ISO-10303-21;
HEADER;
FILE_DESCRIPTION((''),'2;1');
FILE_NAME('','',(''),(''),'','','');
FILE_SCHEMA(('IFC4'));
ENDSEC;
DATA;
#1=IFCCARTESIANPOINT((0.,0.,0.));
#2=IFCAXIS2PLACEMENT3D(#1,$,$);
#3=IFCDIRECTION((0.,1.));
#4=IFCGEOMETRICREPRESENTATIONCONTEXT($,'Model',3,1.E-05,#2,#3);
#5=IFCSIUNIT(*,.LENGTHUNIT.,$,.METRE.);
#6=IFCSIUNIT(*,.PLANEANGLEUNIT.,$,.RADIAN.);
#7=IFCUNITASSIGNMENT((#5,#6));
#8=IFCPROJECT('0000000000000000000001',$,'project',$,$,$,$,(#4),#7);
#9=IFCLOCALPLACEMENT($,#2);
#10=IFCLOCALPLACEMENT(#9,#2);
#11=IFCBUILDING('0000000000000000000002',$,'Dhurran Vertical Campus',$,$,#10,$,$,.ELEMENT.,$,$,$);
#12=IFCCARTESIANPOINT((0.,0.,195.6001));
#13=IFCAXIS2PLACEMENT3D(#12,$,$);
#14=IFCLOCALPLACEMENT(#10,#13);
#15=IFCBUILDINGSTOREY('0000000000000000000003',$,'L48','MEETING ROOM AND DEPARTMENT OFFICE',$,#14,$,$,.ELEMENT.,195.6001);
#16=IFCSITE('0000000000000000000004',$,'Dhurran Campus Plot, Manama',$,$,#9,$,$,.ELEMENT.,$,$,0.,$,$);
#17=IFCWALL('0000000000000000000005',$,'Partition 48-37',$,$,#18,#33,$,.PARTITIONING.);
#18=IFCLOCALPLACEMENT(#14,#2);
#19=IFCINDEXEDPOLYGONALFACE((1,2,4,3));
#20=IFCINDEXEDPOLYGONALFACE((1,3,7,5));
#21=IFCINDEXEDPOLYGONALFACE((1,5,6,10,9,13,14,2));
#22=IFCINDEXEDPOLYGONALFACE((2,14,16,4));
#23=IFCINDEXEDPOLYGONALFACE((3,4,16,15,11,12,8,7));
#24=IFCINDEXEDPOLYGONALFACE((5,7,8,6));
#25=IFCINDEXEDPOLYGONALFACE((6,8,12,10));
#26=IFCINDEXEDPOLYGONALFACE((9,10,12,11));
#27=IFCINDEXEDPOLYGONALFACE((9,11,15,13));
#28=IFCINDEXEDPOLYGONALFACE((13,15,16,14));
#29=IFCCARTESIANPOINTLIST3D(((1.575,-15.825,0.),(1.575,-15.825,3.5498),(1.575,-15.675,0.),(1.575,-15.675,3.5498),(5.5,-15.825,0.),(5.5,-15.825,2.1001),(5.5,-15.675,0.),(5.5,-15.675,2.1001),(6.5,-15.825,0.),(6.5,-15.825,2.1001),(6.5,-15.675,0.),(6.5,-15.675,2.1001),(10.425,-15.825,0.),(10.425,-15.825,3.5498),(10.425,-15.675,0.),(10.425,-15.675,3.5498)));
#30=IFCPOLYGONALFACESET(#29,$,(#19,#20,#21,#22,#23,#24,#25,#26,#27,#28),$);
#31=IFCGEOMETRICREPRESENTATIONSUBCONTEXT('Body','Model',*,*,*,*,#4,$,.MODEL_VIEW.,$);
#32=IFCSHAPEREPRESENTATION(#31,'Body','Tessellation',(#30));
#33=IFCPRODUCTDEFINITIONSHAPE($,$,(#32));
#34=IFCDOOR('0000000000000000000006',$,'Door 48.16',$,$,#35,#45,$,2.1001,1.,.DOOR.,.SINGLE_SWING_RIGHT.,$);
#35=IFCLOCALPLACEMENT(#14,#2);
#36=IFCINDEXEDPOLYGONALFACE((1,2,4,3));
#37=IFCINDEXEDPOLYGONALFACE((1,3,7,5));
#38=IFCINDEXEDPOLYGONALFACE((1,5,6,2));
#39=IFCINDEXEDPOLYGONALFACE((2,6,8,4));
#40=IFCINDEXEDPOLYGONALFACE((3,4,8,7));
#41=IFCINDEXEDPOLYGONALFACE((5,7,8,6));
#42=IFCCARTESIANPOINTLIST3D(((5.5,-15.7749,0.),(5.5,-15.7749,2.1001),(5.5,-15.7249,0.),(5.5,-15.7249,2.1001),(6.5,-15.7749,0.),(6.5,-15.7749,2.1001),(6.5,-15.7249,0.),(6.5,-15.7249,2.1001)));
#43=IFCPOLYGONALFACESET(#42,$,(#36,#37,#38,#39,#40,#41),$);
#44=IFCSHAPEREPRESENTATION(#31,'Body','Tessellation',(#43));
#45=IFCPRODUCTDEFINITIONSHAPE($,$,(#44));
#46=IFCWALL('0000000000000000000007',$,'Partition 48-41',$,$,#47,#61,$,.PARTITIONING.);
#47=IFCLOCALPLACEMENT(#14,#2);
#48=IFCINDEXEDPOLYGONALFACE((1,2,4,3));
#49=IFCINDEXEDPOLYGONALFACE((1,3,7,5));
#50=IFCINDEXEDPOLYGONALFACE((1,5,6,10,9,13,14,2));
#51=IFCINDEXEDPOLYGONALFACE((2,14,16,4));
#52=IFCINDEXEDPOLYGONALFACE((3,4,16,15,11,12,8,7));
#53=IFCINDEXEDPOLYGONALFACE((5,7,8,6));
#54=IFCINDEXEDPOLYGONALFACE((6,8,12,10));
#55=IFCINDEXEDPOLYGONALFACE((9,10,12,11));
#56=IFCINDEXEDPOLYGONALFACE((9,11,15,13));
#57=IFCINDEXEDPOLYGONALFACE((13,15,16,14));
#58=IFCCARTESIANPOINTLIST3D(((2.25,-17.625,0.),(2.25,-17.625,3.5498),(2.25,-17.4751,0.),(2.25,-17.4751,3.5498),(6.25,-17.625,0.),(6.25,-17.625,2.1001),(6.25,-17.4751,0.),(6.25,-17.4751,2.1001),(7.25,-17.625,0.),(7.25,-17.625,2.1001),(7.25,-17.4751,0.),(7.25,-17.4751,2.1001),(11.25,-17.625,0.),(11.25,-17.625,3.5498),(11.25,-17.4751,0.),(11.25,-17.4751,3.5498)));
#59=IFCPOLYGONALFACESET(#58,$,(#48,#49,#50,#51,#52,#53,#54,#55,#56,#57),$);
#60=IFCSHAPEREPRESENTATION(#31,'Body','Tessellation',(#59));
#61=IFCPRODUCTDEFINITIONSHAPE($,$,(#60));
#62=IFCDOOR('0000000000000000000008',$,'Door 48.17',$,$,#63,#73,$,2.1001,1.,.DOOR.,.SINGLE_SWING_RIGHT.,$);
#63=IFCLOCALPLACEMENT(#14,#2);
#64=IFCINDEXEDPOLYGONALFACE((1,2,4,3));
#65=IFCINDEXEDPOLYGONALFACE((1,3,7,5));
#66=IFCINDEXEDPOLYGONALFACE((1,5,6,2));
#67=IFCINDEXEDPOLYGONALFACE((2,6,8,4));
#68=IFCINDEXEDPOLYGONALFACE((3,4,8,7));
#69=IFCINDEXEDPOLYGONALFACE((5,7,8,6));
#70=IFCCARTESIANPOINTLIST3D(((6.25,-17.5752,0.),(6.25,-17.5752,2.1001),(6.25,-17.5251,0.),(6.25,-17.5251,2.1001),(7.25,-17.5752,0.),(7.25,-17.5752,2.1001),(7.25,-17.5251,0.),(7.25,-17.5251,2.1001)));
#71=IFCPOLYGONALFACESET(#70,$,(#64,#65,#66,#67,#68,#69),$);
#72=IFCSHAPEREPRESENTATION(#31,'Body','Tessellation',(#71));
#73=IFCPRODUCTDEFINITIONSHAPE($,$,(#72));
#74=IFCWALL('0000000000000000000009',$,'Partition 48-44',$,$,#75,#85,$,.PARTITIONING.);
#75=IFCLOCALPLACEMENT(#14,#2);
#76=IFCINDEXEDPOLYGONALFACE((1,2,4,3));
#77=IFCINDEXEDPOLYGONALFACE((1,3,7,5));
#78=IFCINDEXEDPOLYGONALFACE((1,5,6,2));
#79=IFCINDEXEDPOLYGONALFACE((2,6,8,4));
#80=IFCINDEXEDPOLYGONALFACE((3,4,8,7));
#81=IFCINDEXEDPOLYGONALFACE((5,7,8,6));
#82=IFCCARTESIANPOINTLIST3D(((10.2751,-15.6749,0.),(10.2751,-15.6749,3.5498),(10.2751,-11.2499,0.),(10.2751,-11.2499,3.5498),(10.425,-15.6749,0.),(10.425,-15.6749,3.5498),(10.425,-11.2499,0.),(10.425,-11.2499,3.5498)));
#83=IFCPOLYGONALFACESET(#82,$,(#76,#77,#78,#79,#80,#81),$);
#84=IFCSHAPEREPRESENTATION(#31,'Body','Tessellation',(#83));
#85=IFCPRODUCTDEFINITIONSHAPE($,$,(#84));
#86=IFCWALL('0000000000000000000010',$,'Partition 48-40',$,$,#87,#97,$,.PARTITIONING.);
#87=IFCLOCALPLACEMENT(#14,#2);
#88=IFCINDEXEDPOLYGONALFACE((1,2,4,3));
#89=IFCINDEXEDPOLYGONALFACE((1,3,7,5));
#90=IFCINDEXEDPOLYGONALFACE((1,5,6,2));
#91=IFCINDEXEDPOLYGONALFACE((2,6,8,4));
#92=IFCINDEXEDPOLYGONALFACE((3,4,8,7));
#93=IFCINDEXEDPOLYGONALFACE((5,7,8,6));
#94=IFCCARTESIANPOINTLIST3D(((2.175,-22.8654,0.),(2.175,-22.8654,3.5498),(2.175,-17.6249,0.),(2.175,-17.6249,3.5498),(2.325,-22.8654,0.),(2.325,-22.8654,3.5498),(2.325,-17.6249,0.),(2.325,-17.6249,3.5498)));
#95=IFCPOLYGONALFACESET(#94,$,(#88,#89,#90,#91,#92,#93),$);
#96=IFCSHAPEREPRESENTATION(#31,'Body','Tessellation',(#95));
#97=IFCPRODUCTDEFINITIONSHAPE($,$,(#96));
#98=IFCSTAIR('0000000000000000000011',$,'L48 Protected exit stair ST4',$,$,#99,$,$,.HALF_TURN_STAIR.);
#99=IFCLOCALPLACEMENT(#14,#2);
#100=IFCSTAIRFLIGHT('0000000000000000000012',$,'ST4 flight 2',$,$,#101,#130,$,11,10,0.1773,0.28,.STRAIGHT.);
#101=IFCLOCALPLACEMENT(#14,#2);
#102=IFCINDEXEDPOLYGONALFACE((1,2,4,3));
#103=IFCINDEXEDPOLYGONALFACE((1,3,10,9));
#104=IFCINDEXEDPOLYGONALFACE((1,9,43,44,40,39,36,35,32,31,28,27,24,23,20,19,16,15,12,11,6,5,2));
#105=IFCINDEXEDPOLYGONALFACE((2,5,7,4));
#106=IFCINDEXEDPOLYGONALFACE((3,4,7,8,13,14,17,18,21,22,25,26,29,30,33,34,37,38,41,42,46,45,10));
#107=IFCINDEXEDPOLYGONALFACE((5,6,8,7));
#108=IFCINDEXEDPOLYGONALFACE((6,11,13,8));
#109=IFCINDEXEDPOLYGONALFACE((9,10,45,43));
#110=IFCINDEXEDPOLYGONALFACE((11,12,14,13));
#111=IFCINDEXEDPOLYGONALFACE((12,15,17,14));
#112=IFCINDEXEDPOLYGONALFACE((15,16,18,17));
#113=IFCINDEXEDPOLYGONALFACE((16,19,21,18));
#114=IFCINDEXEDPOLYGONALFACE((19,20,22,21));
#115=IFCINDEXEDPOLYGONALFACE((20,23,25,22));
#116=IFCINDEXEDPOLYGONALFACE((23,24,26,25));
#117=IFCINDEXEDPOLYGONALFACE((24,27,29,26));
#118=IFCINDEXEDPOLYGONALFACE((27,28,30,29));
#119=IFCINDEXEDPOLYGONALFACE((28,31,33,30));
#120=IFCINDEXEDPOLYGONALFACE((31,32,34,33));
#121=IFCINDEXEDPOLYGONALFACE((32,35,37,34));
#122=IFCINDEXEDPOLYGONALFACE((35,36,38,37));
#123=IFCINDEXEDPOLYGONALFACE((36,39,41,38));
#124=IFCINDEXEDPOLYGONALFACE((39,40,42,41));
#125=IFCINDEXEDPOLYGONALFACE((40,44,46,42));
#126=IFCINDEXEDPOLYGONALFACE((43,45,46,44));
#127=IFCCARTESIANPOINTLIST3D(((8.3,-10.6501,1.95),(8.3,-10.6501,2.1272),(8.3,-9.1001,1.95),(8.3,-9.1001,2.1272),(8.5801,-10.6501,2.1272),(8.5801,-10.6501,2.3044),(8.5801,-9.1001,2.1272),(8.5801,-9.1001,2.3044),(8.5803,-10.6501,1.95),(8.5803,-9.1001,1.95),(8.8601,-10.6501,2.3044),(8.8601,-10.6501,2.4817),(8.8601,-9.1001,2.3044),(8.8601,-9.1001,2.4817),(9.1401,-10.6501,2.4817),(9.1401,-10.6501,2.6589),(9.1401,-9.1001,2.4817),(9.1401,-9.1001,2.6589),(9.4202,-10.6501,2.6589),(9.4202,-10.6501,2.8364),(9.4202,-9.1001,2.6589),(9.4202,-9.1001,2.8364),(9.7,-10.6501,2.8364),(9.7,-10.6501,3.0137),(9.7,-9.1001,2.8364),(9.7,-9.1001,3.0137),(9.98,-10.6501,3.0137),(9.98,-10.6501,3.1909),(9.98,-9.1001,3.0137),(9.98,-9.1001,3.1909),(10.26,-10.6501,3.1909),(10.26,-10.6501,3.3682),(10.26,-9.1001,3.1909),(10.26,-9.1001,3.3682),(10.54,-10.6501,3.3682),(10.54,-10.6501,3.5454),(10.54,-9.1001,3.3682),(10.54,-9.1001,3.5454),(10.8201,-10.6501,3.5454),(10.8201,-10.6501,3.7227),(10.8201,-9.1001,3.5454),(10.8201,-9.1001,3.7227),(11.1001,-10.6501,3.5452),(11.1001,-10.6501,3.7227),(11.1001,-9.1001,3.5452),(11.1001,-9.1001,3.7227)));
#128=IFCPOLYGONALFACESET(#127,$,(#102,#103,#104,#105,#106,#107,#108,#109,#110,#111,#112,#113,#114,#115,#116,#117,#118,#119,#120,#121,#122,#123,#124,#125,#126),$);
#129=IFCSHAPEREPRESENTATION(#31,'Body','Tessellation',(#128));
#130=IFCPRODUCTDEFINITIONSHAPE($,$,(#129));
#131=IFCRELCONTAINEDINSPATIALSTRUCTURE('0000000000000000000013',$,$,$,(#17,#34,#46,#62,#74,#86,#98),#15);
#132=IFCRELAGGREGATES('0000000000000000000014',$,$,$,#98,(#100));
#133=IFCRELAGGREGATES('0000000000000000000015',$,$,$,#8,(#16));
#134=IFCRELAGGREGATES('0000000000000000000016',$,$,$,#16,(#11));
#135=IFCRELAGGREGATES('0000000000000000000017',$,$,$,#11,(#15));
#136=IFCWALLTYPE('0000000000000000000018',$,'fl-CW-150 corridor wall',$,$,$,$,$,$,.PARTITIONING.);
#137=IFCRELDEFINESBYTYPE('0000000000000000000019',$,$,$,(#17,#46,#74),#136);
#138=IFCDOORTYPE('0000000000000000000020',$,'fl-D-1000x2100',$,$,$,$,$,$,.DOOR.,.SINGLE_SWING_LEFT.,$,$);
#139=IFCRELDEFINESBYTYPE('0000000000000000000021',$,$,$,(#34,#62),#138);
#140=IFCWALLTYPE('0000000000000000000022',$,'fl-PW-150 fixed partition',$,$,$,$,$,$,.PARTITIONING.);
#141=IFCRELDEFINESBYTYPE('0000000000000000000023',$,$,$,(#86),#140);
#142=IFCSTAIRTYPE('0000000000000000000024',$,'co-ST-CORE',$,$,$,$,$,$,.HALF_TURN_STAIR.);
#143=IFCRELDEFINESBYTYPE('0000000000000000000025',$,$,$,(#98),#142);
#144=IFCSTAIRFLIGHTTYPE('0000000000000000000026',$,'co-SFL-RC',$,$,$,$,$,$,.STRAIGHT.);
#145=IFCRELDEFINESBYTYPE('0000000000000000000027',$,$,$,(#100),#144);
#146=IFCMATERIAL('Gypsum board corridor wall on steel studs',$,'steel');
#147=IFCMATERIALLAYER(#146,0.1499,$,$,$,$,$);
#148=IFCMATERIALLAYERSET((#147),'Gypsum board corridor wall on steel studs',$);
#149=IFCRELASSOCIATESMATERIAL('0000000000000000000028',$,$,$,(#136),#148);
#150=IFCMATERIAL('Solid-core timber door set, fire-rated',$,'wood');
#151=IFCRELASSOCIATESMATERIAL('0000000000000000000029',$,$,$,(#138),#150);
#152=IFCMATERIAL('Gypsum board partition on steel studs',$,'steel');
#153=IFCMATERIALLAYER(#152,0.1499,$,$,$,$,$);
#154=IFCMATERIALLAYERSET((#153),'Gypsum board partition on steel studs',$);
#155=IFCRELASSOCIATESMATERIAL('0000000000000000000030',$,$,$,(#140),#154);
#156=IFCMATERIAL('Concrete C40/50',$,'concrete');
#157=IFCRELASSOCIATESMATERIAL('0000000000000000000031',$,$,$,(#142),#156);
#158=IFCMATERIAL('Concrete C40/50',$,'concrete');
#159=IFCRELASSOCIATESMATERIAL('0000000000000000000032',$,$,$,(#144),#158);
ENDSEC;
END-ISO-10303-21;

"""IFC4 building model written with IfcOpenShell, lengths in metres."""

from ifc_helpers import new_model, si_unit, direction, frame, frame_2d, origin, place, context, subcontext, project, spatial, polyline, rectangle, outline, extrude, material, layer, layer_set, type_object, element, fill, aggregate, save


model = new_model("IFC4")

# Units and contexts
model_context = context("Model", 3, precision=1e-05, world=origin(), true_north=direction((0.0, 1.0)))
body_context = subcontext(model_context, "Body", "Model", "MODEL_VIEW")
ifc_project = project(units=[si_unit("LENGTHUNIT", "METRE"), si_unit("PLANEANGLEUNIT", "RADIAN")], contexts=[model_context])

# Site, building, storey
site_placement = place(None, origin())
site = spatial("IfcSite", under=ifc_project, at=site_placement, Name="Dhurran Campus Plot, Manama", CompositionType="ELEMENT", RefElevation=0.0)
building_placement = place(site_placement, origin())
building = spatial("IfcBuilding", under=site, at=building_placement, Name="Dhurran Vertical Campus", CompositionType="ELEMENT")
storey_placement = place(building_placement, frame((0.0, 0.0, 195.6001)))
storey = spatial("IfcBuildingStorey", under=building, at=storey_placement, Name="L48", Description="MEETING ROOM AND DEPARTMENT OFFICE", CompositionType="ELEMENT", Elevation=195.6001)

# Shared definitions
ifc_material_1 = material(Name="Gypsum board corridor wall on steel studs", Category="steel")
ifc_layer_1 = layer(ifc_material_1, 0.1499)
ifc_layer_set_1 = layer_set([ifc_layer_1], Name="Gypsum board corridor wall on steel studs")
wall_type_1 = type_object("IfcWallType", Name="fl-CW-150 corridor wall", PredefinedType="PARTITIONING", material=ifc_layer_set_1)

# Walls, openings, doors
wall_1_placement = place(storey_placement, frame((10.425, -15.75, 0.0), z_axis=(0.0, 0.0, 1.0), x_axis=(-1.0, 0.0, 0.0)))
wall_1 = element("IfcWall", 1, at=wall_1_placement, inside=storey, type_object=wall_type_1, Name="Partition 48-37", PredefinedType="PARTITIONING", context=body_context, shape_type="SweptSolid", body=[
    extrude(rectangle(XDim=8.8501, YDim=0.1499, at=frame_2d((4.425, 0.0))), origin(), (0.0, 0.0, 1.0), 3.5498),
])
opening_1_placement = place(wall_1_placement, frame((3.925, 0.0, 0.0)))
opening_1 = element("IfcOpeningElement", 2, at=opening_1_placement, cuts=wall_1, PredefinedType="OPENING", context=body_context, shape_type="SweptSolid", body=[
    extrude(rectangle(XDim=1.0, YDim=2.1001, at=frame_2d((0.5, 1.05))), frame((0.0, 0.085, 0.0), z_axis=(0.0, -1.0, 0.0), x_axis=(1.0, 0.0, 0.0)), (0.0, 0.0, 1.0), 0.1699),
])
ifc_material_2 = material(Name="Solid-core timber door set, fire-rated", Category="wood")
door_type_1 = type_object("IfcDoorType", Name="fl-D-1000x2100", OperationType="SINGLE_SWING_LEFT", PredefinedType="DOOR", material=ifc_material_2)
door_1_placement = place(opening_1_placement, origin())
door_1 = element("IfcDoor", 3, at=door_1_placement, inside=storey, type_object=door_type_1, Name="Door 48.16", OperationType="SINGLE_SWING_RIGHT", OverallHeight=2.1001, OverallWidth=1.0, PredefinedType="DOOR", context=body_context, shape_type="SweptSolid", body=[
    extrude(rectangle(XDim=1.0, YDim=2.1001, at=frame_2d((0.5, 1.05))), frame((0.0, 0.0249, 0.0), z_axis=(0.0, -1.0, 0.0), x_axis=(1.0, 0.0, 0.0)), (0.0, 0.0, 1.0), 0.05),
])
fill(opening_1, door_1)
wall_2_placement = place(storey_placement, frame((2.25, -17.55, 0.0), z_axis=(0.0, 0.0, 1.0), x_axis=(1.0, 0.0, 0.0)))
wall_2 = element("IfcWall", 4, at=wall_2_placement, inside=storey, type_object=wall_type_1, Name="Partition 48-41", PredefinedType="PARTITIONING", context=body_context, shape_type="SweptSolid", body=[
    extrude(rectangle(XDim=9.0, YDim=0.1499, at=frame_2d((4.5, 0.0))), origin(), (0.0, 0.0, 1.0), 3.5498),
])
opening_2_placement = place(wall_2_placement, frame((4.0, 0.0, 0.0)))
opening_2 = element("IfcOpeningElement", 5, at=opening_2_placement, cuts=wall_2, PredefinedType="OPENING", context=body_context, shape_type="SweptSolid", body=[
    extrude(rectangle(XDim=1.0, YDim=2.1001, at=frame_2d((0.5, 1.05))), frame((0.0, 0.085, 0.0), z_axis=(0.0, -1.0, 0.0), x_axis=(1.0, 0.0, 0.0)), (0.0, 0.0, 1.0), 0.1699),
])
door_2_placement = place(opening_2_placement, origin())
door_2 = element("IfcDoor", 6, at=door_2_placement, inside=storey, type_object=door_type_1, Name="Door 48.17", OperationType="SINGLE_SWING_RIGHT", OverallHeight=2.1001, OverallWidth=1.0, PredefinedType="DOOR", context=body_context, shape_type="SweptSolid", body=[
    extrude(rectangle(XDim=1.0, YDim=2.1001, at=frame_2d((0.5, 1.05))), frame((0.0, 0.0249, 0.0), z_axis=(0.0, -1.0, 0.0), x_axis=(1.0, 0.0, 0.0)), (0.0, 0.0, 1.0), 0.05),
])
fill(opening_2, door_2)

# Walls
wall_3_placement = place(storey_placement, frame((10.3501, -11.25, 0.0), z_axis=(0.0, 0.0, 1.0), x_axis=(0.0, -1.0, 0.0)))
element("IfcWall", 7, at=wall_3_placement, inside=storey, type_object=wall_type_1, Name="Partition 48-44", PredefinedType="PARTITIONING", context=body_context, shape_type="SweptSolid", body=[
    extrude(rectangle(XDim=4.425, YDim=0.1499, at=frame_2d((2.2124, 0.0))), origin(), (0.0, 0.0, 1.0), 3.5498),
])
ifc_material_3 = material(Name="Gypsum board partition on steel studs", Category="steel")
ifc_layer_2 = layer(ifc_material_3, 0.1499)
ifc_layer_set_2 = layer_set([ifc_layer_2], Name="Gypsum board partition on steel studs")
wall_type_2 = type_object("IfcWallType", Name="fl-PW-150 fixed partition", PredefinedType="PARTITIONING", material=ifc_layer_set_2)
wall_4_placement = place(storey_placement, frame((2.25, -17.625, 0.0), z_axis=(0.0, 0.0, 1.0), x_axis=(0.0, -1.0, 0.0)))
element("IfcWall", 8, at=wall_4_placement, inside=storey, type_object=wall_type_2, Name="Partition 48-40", PredefinedType="PARTITIONING", context=body_context, shape_type="SweptSolid", body=[
    extrude(rectangle(XDim=5.2405, YDim=0.1499, at=frame_2d((2.6201, 0.0))), origin(), (0.0, 0.0, 1.0), 3.5498),
])

# Stair, stair flight
ifc_material_4 = material(Name="Concrete C40/50", Category="concrete")
stair_type = type_object("IfcStairType", Name="co-ST-CORE", PredefinedType="HALF_TURN_STAIR", material=ifc_material_4)
stair_placement = place(storey_placement, origin())
stair = element("IfcStair", 9, at=stair_placement, inside=storey, type_object=stair_type, Name="L48 Protected exit stair ST4", PredefinedType="HALF_TURN_STAIR")
ifc_material_5 = material(Name="Concrete C40/50", Category="concrete")
stair_flight_type = type_object("IfcStairFlightType", Name="co-SFL-RC", PredefinedType="STRAIGHT", material=ifc_material_5)
stair_flight_placement = place(storey_placement, frame((8.3, -9.875, 1.95), z_axis=(0.0, 0.0, 1.0), x_axis=(1.0, 0.0, 0.0)))
stair_flight = element("IfcStairFlight", 10, at=stair_flight_placement, type_object=stair_flight_type, Name="ST4 flight 2", NumberOfRisers=11, NumberOfTreads=10, PredefinedType="STRAIGHT", RiserHeight=0.1773, TreadLength=0.28, context=body_context, shape_type="SweptSolid", body=[
    extrude(outline(polyline([(0.0, 0.0), (0.0, 0.1772), (0.28, 0.1772), (0.28, 0.3545), (0.5601, 0.3545), (0.5601, 0.5317), (0.8401, 0.5317), (0.8401, 0.709), (1.1201, 0.709), (1.1201, 0.8865), (1.3999, 0.8865), (1.3999, 1.0637), (1.6799, 1.0637), (1.6799, 1.241), (1.96, 1.241), (1.96, 1.4182), (2.24, 1.4182), (2.24, 1.5955), (2.52, 1.5955), (2.52, 1.7727), (2.8, 1.7727), (2.8, 1.95), (2.8, 1.5952), (0.2803, 0.0), (0.0, 0.0)])), frame((0.0, 0.7749, 0.0), z_axis=(0.0, -1.0, 0.0), x_axis=(1.0, 0.0, 0.0)), (0.0, 0.0, 1.0), 1.55),
])
aggregate(stair, [stair_flight])

save(model, "model.ifc")
